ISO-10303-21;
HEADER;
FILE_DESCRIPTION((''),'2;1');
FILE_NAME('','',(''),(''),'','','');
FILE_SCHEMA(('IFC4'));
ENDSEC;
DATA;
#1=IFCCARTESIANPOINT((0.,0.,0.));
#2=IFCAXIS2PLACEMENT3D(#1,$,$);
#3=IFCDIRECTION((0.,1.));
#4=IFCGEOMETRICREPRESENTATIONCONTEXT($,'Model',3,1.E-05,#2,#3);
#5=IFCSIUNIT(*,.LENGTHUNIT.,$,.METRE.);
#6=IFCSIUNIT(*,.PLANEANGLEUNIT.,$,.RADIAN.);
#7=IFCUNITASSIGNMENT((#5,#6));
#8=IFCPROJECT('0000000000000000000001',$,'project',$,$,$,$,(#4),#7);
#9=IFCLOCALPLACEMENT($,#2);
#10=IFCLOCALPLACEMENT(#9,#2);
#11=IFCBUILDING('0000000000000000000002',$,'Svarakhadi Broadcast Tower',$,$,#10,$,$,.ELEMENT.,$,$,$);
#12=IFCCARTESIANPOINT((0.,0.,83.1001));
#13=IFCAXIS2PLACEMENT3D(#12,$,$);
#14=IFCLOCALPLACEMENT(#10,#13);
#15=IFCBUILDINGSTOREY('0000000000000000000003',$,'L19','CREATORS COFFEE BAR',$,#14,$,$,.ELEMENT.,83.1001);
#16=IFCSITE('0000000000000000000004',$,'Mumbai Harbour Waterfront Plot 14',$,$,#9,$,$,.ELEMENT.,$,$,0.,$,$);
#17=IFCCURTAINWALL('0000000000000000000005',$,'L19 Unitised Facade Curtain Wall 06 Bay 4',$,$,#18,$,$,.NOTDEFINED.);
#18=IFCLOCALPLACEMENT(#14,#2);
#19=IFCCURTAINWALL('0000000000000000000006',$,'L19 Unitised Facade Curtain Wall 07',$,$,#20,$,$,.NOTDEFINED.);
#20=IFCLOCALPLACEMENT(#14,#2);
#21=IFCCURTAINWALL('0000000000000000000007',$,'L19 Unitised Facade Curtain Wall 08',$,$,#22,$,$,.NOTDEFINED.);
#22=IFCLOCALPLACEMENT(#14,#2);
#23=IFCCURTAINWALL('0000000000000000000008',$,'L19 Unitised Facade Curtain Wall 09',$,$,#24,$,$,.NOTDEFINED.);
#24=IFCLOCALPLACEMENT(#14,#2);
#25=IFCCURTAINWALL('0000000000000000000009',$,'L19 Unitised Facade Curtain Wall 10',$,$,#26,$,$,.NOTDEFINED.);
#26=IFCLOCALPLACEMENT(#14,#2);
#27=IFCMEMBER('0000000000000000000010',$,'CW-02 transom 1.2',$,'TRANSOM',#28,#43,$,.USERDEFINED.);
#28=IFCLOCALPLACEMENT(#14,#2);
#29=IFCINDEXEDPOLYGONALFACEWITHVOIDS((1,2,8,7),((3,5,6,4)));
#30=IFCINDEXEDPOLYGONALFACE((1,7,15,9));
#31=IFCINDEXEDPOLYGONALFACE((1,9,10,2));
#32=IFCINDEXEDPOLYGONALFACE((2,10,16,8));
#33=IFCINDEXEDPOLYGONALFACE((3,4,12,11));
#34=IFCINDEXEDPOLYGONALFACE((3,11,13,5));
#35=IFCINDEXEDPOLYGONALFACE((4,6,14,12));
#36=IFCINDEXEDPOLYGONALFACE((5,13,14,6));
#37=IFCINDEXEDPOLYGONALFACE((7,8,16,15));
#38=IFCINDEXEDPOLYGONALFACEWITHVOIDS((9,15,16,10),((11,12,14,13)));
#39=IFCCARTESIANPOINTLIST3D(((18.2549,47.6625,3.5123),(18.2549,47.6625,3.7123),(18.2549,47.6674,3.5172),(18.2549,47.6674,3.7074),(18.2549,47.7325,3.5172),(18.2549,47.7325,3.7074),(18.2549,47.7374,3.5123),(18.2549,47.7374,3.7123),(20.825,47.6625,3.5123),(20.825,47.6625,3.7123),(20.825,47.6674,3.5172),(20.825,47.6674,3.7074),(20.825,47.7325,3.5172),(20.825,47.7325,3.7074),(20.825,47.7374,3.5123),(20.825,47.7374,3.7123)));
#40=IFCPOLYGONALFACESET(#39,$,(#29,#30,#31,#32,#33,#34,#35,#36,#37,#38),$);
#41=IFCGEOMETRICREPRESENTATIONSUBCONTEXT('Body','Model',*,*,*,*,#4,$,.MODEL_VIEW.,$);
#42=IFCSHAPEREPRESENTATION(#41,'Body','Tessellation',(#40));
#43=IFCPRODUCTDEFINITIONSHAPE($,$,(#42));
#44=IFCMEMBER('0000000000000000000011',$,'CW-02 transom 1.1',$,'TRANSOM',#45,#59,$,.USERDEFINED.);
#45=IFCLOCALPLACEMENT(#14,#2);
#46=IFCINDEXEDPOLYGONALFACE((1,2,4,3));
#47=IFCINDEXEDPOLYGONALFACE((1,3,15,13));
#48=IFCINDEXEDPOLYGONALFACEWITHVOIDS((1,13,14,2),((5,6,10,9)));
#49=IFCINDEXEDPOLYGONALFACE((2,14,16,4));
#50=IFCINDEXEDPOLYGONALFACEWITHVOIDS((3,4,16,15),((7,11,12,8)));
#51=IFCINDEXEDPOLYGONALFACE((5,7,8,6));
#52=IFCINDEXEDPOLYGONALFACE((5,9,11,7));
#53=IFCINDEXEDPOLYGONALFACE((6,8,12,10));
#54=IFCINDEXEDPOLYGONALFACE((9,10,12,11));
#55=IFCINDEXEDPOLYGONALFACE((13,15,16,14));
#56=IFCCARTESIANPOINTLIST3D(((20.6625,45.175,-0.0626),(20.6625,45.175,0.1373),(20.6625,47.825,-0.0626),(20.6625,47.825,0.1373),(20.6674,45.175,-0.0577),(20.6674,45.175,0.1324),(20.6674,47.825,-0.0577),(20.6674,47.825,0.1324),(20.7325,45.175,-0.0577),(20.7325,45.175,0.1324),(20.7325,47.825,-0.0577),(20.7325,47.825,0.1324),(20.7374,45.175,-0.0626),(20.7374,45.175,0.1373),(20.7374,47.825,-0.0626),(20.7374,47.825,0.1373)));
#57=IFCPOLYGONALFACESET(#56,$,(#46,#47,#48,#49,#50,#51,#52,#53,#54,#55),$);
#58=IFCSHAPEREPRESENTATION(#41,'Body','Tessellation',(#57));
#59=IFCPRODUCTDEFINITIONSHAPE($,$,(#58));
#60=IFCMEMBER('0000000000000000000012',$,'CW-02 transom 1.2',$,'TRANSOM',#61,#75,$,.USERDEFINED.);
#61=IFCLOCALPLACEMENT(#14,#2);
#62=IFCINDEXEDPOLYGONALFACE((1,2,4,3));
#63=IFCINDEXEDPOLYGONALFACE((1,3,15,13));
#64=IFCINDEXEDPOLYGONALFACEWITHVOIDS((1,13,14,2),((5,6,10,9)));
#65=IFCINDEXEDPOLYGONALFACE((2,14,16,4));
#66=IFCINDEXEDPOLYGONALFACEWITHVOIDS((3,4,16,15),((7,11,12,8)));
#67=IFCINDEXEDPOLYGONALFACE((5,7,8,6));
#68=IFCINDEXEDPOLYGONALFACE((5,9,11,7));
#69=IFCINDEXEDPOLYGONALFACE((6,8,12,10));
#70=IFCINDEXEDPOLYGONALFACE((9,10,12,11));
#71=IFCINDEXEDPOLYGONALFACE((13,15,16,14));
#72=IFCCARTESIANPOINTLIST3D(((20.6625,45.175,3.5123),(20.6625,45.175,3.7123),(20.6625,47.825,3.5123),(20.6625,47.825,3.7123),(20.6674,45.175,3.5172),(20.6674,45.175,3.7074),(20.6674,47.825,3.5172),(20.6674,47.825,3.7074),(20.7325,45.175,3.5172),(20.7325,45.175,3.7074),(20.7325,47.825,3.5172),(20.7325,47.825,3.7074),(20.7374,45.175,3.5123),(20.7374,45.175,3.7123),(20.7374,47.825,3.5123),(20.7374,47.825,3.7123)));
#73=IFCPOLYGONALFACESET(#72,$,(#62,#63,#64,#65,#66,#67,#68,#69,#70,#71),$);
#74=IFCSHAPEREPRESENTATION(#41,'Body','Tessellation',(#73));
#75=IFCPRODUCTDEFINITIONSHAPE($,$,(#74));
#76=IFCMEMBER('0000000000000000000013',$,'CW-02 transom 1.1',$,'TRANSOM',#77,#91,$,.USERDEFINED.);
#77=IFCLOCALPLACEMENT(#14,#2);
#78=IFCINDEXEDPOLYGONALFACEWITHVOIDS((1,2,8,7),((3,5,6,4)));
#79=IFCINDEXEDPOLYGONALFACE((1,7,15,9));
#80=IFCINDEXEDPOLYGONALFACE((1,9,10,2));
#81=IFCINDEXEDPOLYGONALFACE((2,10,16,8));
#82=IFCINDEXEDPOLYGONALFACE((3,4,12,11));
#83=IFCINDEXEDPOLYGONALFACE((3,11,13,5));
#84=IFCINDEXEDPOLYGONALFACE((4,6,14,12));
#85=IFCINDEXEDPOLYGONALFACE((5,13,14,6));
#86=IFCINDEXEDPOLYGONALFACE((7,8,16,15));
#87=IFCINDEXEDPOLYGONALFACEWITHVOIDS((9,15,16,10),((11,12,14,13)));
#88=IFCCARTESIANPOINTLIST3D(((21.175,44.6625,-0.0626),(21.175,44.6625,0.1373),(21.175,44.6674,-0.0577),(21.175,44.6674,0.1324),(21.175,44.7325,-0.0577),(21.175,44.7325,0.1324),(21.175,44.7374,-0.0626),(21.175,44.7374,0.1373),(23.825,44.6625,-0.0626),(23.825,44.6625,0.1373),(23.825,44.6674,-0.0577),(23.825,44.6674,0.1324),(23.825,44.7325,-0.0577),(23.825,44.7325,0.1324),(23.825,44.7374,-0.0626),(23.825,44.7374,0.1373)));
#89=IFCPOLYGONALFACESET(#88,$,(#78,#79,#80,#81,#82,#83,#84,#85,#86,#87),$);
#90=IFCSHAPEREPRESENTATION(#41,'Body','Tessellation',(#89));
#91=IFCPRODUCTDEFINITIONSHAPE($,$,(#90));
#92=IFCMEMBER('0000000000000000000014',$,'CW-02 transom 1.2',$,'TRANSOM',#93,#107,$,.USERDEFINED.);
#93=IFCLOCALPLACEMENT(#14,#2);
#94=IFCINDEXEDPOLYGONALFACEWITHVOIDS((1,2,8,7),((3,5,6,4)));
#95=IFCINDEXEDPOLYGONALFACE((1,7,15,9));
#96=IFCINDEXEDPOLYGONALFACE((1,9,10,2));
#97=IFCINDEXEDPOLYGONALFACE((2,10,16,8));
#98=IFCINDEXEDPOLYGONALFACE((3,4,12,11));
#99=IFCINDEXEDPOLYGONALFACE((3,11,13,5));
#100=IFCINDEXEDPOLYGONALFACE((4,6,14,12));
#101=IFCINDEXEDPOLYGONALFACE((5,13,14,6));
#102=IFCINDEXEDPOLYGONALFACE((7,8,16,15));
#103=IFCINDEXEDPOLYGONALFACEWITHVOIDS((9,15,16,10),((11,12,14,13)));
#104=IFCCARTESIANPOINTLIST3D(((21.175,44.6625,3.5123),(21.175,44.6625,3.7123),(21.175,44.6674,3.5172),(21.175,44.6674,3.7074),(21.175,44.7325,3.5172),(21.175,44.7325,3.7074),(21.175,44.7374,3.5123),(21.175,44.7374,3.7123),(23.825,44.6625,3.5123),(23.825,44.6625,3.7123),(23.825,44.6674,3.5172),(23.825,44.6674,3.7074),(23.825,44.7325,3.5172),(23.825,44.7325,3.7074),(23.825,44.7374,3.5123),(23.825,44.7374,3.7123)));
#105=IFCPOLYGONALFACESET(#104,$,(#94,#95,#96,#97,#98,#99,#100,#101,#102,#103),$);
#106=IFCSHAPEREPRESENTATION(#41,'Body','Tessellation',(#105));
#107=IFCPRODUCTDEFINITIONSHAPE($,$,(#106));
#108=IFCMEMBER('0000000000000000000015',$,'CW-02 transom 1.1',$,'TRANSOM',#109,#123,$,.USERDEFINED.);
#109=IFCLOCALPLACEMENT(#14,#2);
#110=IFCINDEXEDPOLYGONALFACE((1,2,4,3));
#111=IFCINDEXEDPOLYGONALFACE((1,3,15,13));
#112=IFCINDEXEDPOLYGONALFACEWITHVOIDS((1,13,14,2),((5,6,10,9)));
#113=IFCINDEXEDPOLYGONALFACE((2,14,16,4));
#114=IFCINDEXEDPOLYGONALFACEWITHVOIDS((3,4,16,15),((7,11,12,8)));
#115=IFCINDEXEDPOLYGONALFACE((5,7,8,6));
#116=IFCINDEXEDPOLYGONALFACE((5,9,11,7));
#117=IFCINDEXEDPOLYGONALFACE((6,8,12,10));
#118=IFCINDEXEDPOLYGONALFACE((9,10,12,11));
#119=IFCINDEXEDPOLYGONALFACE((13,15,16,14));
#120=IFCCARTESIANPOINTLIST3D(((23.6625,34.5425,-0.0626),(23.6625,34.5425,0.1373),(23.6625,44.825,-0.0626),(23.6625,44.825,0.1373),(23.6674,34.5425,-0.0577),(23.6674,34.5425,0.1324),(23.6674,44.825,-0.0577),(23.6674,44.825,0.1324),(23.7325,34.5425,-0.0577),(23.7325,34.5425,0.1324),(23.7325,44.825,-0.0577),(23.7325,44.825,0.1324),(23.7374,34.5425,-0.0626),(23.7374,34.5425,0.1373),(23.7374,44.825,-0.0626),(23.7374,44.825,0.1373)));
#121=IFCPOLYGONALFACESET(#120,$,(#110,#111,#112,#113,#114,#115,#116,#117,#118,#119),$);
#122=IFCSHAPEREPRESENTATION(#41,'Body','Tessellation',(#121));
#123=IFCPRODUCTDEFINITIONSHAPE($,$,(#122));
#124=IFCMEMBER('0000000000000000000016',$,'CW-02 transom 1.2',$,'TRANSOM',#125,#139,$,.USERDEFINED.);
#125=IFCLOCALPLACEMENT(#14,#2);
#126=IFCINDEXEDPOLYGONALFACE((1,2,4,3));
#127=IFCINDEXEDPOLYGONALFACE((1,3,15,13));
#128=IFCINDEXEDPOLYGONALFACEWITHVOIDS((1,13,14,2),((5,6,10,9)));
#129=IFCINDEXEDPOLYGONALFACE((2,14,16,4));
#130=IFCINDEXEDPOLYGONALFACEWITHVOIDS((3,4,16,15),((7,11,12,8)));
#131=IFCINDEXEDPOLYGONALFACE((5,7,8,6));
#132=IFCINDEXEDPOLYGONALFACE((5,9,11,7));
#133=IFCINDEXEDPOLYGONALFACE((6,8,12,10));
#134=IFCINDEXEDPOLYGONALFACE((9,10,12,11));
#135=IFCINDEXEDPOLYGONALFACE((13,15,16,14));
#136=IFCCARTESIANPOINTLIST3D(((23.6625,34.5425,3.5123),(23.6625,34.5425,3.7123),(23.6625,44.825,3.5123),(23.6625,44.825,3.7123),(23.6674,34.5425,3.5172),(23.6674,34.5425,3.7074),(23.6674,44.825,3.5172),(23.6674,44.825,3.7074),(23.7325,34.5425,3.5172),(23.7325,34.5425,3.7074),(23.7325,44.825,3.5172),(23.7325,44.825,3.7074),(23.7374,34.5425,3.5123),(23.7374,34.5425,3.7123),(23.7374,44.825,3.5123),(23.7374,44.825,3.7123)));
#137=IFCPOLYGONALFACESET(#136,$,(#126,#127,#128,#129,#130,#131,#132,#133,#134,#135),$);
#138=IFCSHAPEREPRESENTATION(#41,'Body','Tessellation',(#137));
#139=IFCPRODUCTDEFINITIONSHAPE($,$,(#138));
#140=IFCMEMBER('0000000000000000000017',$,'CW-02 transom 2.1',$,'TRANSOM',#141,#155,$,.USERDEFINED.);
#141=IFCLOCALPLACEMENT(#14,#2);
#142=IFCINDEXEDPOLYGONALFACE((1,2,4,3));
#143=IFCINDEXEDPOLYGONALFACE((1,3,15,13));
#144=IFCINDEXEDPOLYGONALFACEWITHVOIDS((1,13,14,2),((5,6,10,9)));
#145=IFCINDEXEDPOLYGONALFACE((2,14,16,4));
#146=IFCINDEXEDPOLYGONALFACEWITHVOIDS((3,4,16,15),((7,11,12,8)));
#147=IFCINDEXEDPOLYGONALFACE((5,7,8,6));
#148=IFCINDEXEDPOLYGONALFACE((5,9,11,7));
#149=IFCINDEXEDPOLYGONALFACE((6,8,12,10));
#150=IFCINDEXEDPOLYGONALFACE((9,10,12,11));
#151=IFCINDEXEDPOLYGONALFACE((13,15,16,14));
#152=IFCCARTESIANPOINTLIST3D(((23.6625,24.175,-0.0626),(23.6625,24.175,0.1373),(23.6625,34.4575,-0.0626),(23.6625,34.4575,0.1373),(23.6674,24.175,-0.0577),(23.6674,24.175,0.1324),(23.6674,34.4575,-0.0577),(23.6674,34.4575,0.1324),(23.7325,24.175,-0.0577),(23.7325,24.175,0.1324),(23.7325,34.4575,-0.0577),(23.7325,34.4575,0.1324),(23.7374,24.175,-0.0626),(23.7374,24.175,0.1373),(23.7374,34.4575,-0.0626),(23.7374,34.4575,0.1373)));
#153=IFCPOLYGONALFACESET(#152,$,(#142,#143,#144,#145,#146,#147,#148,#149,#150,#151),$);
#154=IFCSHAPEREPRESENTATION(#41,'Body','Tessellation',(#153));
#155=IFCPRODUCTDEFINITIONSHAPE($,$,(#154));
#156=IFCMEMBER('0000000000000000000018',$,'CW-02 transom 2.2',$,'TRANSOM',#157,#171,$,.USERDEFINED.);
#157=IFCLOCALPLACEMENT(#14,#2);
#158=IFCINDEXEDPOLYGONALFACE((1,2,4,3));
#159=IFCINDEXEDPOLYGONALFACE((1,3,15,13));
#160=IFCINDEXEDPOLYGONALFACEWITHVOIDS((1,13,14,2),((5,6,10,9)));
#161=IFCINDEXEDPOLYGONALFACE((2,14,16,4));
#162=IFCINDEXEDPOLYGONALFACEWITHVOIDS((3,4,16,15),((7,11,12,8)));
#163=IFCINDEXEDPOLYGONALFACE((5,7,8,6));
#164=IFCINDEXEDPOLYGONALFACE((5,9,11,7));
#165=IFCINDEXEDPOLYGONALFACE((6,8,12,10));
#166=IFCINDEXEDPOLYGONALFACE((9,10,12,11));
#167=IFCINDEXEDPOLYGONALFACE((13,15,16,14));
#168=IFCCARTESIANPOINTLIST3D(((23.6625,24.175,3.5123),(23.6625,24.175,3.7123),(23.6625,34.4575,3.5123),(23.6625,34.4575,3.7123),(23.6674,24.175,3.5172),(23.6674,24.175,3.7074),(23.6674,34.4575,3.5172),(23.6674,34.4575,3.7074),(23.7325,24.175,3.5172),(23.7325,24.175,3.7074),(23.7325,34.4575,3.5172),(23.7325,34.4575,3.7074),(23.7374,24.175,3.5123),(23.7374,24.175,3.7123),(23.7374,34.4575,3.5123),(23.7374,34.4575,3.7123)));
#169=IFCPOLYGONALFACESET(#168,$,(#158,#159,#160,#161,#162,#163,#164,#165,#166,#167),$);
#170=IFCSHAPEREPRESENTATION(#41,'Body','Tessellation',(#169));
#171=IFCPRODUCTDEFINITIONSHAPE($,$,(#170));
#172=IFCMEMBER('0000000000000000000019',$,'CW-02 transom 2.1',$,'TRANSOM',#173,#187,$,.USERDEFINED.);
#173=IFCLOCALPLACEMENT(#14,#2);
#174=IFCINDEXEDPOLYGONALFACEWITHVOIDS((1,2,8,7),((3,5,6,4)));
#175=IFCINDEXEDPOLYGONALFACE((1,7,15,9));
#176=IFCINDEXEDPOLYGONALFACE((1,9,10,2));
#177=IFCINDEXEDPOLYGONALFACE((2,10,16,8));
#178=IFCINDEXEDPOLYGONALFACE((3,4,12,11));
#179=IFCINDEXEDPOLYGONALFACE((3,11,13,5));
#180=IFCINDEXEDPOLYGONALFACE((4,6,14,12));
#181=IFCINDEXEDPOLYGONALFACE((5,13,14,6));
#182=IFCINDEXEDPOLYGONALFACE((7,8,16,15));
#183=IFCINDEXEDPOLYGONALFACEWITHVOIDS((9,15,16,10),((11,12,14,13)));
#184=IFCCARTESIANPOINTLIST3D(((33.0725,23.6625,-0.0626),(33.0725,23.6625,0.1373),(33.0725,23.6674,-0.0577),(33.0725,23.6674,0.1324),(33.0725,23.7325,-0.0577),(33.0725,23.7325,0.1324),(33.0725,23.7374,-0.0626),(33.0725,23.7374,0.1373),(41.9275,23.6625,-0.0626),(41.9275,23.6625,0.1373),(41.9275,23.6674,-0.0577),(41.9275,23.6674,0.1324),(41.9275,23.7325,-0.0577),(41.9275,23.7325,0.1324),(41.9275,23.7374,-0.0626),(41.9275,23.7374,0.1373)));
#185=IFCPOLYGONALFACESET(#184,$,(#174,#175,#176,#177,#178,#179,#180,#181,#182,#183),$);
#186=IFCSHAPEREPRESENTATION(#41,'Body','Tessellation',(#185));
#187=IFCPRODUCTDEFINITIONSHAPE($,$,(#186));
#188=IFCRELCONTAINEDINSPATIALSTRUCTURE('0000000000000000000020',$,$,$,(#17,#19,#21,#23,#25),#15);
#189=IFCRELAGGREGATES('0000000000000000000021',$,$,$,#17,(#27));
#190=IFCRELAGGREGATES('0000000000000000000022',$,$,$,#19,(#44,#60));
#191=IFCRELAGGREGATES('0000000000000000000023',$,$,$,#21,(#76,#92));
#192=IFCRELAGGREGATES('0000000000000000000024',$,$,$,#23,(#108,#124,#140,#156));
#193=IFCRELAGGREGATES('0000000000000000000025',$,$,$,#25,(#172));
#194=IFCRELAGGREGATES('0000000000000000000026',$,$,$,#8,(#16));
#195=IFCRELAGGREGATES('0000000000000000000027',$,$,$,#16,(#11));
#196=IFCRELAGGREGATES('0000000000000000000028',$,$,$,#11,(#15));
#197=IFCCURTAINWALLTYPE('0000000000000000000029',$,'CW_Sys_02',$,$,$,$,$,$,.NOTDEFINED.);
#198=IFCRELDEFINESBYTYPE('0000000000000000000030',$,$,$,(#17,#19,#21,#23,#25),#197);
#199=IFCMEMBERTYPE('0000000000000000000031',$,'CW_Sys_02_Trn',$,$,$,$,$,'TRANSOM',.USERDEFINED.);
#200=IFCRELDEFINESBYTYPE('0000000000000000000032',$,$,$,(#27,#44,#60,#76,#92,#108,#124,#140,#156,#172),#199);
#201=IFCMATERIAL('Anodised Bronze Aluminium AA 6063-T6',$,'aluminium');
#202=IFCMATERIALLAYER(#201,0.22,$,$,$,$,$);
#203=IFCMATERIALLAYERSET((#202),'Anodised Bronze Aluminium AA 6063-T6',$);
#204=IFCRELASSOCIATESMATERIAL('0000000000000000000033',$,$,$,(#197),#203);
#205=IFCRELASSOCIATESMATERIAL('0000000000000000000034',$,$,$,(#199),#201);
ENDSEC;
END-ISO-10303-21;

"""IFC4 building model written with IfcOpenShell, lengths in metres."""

from ifc_helpers import new_model, si_unit, direction, frame, origin, origin_2d, place, context, subcontext, project, spatial, hollow_rectangle, extrude, material, layer, layer_set, material_profile, profile_set, type_object, element, aggregate, save


model = new_model("IFC4")

# Units and contexts
model_context = context("Model", 3, precision=1e-05, world=origin(), true_north=direction((0.0, 1.0)))
body_context = subcontext(model_context, "Body", "Model", "MODEL_VIEW")
ifc_project = project(units=[si_unit("LENGTHUNIT", "METRE"), si_unit("PLANEANGLEUNIT", "RADIAN")], contexts=[model_context])

# Site, building, storey
site_placement = place(None, origin())
site = spatial("IfcSite", under=ifc_project, at=site_placement, Name="Mumbai Harbour Waterfront Plot 14", CompositionType="ELEMENT", RefElevation=0.0)
building_placement = place(site_placement, origin())
building = spatial("IfcBuilding", under=site, at=building_placement, Name="Svarakhadi Broadcast Tower", CompositionType="ELEMENT")
storey_placement = place(building_placement, frame((0.0, 0.0, 83.1001)))
storey = spatial("IfcBuildingStorey", under=building, at=storey_placement, Name="L19", Description="CREATORS COFFEE BAR", CompositionType="ELEMENT", Elevation=83.1001)

# Curtain walls
ifc_material_1 = material(Name="Anodised Bronze Aluminium AA 6063-T6", Category="aluminium")
ifc_layer_1 = layer(ifc_material_1, 0.22)
ifc_layer_set_1 = layer_set([ifc_layer_1], Name="Anodised Bronze Aluminium AA 6063-T6")
curtain_wall_type = type_object("IfcCurtainWallType", Name="CW_Sys_02", PredefinedType="NOTDEFINED", material=ifc_layer_set_1)
curtain_wall_1_placement = place(storey_placement, origin())
curtain_wall_1 = element("IfcCurtainWall", 1, at=curtain_wall_1_placement, inside=storey, type_object=curtain_wall_type, Name="L19 Unitised Facade Curtain Wall 06 Bay 4", PredefinedType="NOTDEFINED")
curtain_wall_2_placement = place(storey_placement, origin())
curtain_wall_2 = element("IfcCurtainWall", 2, at=curtain_wall_2_placement, inside=storey, type_object=curtain_wall_type, Name="L19 Unitised Facade Curtain Wall 07", PredefinedType="NOTDEFINED")
curtain_wall_3_placement = place(storey_placement, origin())
curtain_wall_3 = element("IfcCurtainWall", 3, at=curtain_wall_3_placement, inside=storey, type_object=curtain_wall_type, Name="L19 Unitised Facade Curtain Wall 08", PredefinedType="NOTDEFINED")
curtain_wall_4_placement = place(storey_placement, origin())
curtain_wall_4 = element("IfcCurtainWall", 4, at=curtain_wall_4_placement, inside=storey, type_object=curtain_wall_type, Name="L19 Unitised Facade Curtain Wall 09", PredefinedType="NOTDEFINED")

# Curtain wall
curtain_wall_5_placement = place(storey_placement, origin())
curtain_wall_5 = element("IfcCurtainWall", 5, at=curtain_wall_5_placement, inside=storey, type_object=curtain_wall_type, Name="L19 Unitised Facade Curtain Wall 10", PredefinedType="NOTDEFINED")

# Members
ifc_material_profile_1 = material_profile(ifc_material_1, hollow_rectangle(XDim=0.075, YDim=0.2, WallThickness=0.0049, at=origin_2d()), Name="ALU TRANSOM 200x75x5")
ifc_profile_set_1 = profile_set([ifc_material_profile_1], Name="Anodised Bronze Aluminium AA 6063-T6")
member_type_1 = type_object("IfcMemberType", Name="CW_Sys_02_Trn", ElementType="TRANSOM", PredefinedType="USERDEFINED", material=ifc_profile_set_1)
member_1_placement = place(storey_placement, frame((18.2549, 47.7, 3.6123), z_axis=(1.0, 0.0, 0.0), x_axis=(0.0, 1.0, 0.0)))
member_1 = element("IfcMember", 6, at=member_1_placement, type_object=member_type_1, Name="CW-02 transom 1.2", ObjectType="TRANSOM", PredefinedType="USERDEFINED", context=body_context, shape_type="SweptSolid", body=[
    extrude(hollow_rectangle(XDim=0.075, YDim=0.2, WallThickness=0.0049, at=origin_2d()), origin(), (0.0, 0.0, 1.0), 2.5701),
])
member_2_placement = place(storey_placement, frame((20.7, 47.825, 0.0374), z_axis=(0.0, -1.0, 0.0), x_axis=(1.0, 0.0, 0.0)))
member_2 = element("IfcMember", 7, at=member_2_placement, type_object=member_type_1, Name="CW-02 transom 1.1", ObjectType="TRANSOM", PredefinedType="USERDEFINED", context=body_context, shape_type="SweptSolid", body=[
    extrude(hollow_rectangle(XDim=0.075, YDim=0.2, WallThickness=0.0049, at=origin_2d()), origin(), (0.0, 0.0, 1.0), 2.6499),
])
member_3_placement = place(storey_placement, frame((20.7, 47.825, 3.6123), z_axis=(0.0, -1.0, 0.0), x_axis=(1.0, 0.0, 0.0)))
member_3 = element("IfcMember", 8, at=member_3_placement, type_object=member_type_1, Name="CW-02 transom 1.2", ObjectType="TRANSOM", PredefinedType="USERDEFINED", context=body_context, shape_type="SweptSolid", body=[
    extrude(hollow_rectangle(XDim=0.075, YDim=0.2, WallThickness=0.0049, at=origin_2d()), origin(), (0.0, 0.0, 1.0), 2.6499),
])
member_4_placement = place(storey_placement, frame((21.175, 44.7, 0.0374), z_axis=(1.0, 0.0, 0.0), x_axis=(0.0, 1.0, 0.0)))
member_4 = element("IfcMember", 9, at=member_4_placement, type_object=member_type_1, Name="CW-02 transom 1.1", ObjectType="TRANSOM", PredefinedType="USERDEFINED", context=body_context, shape_type="SweptSolid", body=[
    extrude(hollow_rectangle(XDim=0.075, YDim=0.2, WallThickness=0.0049, at=origin_2d()), origin(), (0.0, 0.0, 1.0), 2.6499),
])
member_5_placement = place(storey_placement, frame((21.175, 44.7, 3.6123), z_axis=(1.0, 0.0, 0.0), x_axis=(0.0, 1.0, 0.0)))
member_5 = element("IfcMember", 10, at=member_5_placement, type_object=member_type_1, Name="CW-02 transom 1.2", ObjectType="TRANSOM", PredefinedType="USERDEFINED", context=body_context, shape_type="SweptSolid", body=[
    extrude(hollow_rectangle(XDim=0.075, YDim=0.2, WallThickness=0.0049, at=origin_2d()), origin(), (0.0, 0.0, 1.0), 2.6499),
])
member_6_placement = place(storey_placement, frame((23.7, 44.825, 0.0374), z_axis=(0.0, -1.0, 0.0), x_axis=(1.0, 0.0, 0.0)))
member_6 = element("IfcMember", 11, at=member_6_placement, type_object=member_type_1, Name="CW-02 transom 1.1", ObjectType="TRANSOM", PredefinedType="USERDEFINED", context=body_context, shape_type="SweptSolid", body=[
    extrude(hollow_rectangle(XDim=0.075, YDim=0.2, WallThickness=0.0049, at=origin_2d()), origin(), (0.0, 0.0, 1.0), 10.2825),
])
member_7_placement = place(storey_placement, frame((23.7, 44.825, 3.6123), z_axis=(0.0, -1.0, 0.0), x_axis=(1.0, 0.0, 0.0)))
member_7 = element("IfcMember", 12, at=member_7_placement, type_object=member_type_1, Name="CW-02 transom 1.2", ObjectType="TRANSOM", PredefinedType="USERDEFINED", context=body_context, shape_type="SweptSolid", body=[
    extrude(hollow_rectangle(XDim=0.075, YDim=0.2, WallThickness=0.0049, at=origin_2d()), origin(), (0.0, 0.0, 1.0), 10.2825),
])
member_8_placement = place(storey_placement, frame((23.7, 34.4575, 0.0374), z_axis=(0.0, -1.0, 0.0), x_axis=(1.0, 0.0, 0.0)))
member_8 = element("IfcMember", 13, at=member_8_placement, type_object=member_type_1, Name="CW-02 transom 2.1", ObjectType="TRANSOM", PredefinedType="USERDEFINED", context=body_context, shape_type="SweptSolid", body=[
    extrude(hollow_rectangle(XDim=0.075, YDim=0.2, WallThickness=0.0049, at=origin_2d()), origin(), (0.0, 0.0, 1.0), 10.2825),
])
member_9_placement = place(storey_placement, frame((23.7, 34.4575, 3.6123), z_axis=(0.0, -1.0, 0.0), x_axis=(1.0, 0.0, 0.0)))
member_9 = element("IfcMember", 14, at=member_9_placement, type_object=member_type_1, Name="CW-02 transom 2.2", ObjectType="TRANSOM", PredefinedType="USERDEFINED", context=body_context, shape_type="SweptSolid", body=[
    extrude(hollow_rectangle(XDim=0.075, YDim=0.2, WallThickness=0.0049, at=origin_2d()), origin(), (0.0, 0.0, 1.0), 10.2825),
])
member_10_placement = place(storey_placement, frame((33.0725, 23.7, 0.0374), z_axis=(1.0, 0.0, 0.0), x_axis=(0.0, 1.0, 0.0)))
member_10 = element("IfcMember", 15, at=member_10_placement, type_object=member_type_1, Name="CW-02 transom 2.1", ObjectType="TRANSOM", PredefinedType="USERDEFINED", context=body_context, shape_type="SweptSolid", body=[
    extrude(hollow_rectangle(XDim=0.075, YDim=0.2, WallThickness=0.0049, at=origin_2d()), origin(), (0.0, 0.0, 1.0), 8.855),
])

aggregate(curtain_wall_1, [member_1])
aggregate(curtain_wall_2, [member_2, member_3])
aggregate(curtain_wall_3, [member_4, member_5])
aggregate(curtain_wall_4, [member_6, member_7, member_8, member_9])
aggregate(curtain_wall_5, [member_10])

save(model, "model.ifc")
